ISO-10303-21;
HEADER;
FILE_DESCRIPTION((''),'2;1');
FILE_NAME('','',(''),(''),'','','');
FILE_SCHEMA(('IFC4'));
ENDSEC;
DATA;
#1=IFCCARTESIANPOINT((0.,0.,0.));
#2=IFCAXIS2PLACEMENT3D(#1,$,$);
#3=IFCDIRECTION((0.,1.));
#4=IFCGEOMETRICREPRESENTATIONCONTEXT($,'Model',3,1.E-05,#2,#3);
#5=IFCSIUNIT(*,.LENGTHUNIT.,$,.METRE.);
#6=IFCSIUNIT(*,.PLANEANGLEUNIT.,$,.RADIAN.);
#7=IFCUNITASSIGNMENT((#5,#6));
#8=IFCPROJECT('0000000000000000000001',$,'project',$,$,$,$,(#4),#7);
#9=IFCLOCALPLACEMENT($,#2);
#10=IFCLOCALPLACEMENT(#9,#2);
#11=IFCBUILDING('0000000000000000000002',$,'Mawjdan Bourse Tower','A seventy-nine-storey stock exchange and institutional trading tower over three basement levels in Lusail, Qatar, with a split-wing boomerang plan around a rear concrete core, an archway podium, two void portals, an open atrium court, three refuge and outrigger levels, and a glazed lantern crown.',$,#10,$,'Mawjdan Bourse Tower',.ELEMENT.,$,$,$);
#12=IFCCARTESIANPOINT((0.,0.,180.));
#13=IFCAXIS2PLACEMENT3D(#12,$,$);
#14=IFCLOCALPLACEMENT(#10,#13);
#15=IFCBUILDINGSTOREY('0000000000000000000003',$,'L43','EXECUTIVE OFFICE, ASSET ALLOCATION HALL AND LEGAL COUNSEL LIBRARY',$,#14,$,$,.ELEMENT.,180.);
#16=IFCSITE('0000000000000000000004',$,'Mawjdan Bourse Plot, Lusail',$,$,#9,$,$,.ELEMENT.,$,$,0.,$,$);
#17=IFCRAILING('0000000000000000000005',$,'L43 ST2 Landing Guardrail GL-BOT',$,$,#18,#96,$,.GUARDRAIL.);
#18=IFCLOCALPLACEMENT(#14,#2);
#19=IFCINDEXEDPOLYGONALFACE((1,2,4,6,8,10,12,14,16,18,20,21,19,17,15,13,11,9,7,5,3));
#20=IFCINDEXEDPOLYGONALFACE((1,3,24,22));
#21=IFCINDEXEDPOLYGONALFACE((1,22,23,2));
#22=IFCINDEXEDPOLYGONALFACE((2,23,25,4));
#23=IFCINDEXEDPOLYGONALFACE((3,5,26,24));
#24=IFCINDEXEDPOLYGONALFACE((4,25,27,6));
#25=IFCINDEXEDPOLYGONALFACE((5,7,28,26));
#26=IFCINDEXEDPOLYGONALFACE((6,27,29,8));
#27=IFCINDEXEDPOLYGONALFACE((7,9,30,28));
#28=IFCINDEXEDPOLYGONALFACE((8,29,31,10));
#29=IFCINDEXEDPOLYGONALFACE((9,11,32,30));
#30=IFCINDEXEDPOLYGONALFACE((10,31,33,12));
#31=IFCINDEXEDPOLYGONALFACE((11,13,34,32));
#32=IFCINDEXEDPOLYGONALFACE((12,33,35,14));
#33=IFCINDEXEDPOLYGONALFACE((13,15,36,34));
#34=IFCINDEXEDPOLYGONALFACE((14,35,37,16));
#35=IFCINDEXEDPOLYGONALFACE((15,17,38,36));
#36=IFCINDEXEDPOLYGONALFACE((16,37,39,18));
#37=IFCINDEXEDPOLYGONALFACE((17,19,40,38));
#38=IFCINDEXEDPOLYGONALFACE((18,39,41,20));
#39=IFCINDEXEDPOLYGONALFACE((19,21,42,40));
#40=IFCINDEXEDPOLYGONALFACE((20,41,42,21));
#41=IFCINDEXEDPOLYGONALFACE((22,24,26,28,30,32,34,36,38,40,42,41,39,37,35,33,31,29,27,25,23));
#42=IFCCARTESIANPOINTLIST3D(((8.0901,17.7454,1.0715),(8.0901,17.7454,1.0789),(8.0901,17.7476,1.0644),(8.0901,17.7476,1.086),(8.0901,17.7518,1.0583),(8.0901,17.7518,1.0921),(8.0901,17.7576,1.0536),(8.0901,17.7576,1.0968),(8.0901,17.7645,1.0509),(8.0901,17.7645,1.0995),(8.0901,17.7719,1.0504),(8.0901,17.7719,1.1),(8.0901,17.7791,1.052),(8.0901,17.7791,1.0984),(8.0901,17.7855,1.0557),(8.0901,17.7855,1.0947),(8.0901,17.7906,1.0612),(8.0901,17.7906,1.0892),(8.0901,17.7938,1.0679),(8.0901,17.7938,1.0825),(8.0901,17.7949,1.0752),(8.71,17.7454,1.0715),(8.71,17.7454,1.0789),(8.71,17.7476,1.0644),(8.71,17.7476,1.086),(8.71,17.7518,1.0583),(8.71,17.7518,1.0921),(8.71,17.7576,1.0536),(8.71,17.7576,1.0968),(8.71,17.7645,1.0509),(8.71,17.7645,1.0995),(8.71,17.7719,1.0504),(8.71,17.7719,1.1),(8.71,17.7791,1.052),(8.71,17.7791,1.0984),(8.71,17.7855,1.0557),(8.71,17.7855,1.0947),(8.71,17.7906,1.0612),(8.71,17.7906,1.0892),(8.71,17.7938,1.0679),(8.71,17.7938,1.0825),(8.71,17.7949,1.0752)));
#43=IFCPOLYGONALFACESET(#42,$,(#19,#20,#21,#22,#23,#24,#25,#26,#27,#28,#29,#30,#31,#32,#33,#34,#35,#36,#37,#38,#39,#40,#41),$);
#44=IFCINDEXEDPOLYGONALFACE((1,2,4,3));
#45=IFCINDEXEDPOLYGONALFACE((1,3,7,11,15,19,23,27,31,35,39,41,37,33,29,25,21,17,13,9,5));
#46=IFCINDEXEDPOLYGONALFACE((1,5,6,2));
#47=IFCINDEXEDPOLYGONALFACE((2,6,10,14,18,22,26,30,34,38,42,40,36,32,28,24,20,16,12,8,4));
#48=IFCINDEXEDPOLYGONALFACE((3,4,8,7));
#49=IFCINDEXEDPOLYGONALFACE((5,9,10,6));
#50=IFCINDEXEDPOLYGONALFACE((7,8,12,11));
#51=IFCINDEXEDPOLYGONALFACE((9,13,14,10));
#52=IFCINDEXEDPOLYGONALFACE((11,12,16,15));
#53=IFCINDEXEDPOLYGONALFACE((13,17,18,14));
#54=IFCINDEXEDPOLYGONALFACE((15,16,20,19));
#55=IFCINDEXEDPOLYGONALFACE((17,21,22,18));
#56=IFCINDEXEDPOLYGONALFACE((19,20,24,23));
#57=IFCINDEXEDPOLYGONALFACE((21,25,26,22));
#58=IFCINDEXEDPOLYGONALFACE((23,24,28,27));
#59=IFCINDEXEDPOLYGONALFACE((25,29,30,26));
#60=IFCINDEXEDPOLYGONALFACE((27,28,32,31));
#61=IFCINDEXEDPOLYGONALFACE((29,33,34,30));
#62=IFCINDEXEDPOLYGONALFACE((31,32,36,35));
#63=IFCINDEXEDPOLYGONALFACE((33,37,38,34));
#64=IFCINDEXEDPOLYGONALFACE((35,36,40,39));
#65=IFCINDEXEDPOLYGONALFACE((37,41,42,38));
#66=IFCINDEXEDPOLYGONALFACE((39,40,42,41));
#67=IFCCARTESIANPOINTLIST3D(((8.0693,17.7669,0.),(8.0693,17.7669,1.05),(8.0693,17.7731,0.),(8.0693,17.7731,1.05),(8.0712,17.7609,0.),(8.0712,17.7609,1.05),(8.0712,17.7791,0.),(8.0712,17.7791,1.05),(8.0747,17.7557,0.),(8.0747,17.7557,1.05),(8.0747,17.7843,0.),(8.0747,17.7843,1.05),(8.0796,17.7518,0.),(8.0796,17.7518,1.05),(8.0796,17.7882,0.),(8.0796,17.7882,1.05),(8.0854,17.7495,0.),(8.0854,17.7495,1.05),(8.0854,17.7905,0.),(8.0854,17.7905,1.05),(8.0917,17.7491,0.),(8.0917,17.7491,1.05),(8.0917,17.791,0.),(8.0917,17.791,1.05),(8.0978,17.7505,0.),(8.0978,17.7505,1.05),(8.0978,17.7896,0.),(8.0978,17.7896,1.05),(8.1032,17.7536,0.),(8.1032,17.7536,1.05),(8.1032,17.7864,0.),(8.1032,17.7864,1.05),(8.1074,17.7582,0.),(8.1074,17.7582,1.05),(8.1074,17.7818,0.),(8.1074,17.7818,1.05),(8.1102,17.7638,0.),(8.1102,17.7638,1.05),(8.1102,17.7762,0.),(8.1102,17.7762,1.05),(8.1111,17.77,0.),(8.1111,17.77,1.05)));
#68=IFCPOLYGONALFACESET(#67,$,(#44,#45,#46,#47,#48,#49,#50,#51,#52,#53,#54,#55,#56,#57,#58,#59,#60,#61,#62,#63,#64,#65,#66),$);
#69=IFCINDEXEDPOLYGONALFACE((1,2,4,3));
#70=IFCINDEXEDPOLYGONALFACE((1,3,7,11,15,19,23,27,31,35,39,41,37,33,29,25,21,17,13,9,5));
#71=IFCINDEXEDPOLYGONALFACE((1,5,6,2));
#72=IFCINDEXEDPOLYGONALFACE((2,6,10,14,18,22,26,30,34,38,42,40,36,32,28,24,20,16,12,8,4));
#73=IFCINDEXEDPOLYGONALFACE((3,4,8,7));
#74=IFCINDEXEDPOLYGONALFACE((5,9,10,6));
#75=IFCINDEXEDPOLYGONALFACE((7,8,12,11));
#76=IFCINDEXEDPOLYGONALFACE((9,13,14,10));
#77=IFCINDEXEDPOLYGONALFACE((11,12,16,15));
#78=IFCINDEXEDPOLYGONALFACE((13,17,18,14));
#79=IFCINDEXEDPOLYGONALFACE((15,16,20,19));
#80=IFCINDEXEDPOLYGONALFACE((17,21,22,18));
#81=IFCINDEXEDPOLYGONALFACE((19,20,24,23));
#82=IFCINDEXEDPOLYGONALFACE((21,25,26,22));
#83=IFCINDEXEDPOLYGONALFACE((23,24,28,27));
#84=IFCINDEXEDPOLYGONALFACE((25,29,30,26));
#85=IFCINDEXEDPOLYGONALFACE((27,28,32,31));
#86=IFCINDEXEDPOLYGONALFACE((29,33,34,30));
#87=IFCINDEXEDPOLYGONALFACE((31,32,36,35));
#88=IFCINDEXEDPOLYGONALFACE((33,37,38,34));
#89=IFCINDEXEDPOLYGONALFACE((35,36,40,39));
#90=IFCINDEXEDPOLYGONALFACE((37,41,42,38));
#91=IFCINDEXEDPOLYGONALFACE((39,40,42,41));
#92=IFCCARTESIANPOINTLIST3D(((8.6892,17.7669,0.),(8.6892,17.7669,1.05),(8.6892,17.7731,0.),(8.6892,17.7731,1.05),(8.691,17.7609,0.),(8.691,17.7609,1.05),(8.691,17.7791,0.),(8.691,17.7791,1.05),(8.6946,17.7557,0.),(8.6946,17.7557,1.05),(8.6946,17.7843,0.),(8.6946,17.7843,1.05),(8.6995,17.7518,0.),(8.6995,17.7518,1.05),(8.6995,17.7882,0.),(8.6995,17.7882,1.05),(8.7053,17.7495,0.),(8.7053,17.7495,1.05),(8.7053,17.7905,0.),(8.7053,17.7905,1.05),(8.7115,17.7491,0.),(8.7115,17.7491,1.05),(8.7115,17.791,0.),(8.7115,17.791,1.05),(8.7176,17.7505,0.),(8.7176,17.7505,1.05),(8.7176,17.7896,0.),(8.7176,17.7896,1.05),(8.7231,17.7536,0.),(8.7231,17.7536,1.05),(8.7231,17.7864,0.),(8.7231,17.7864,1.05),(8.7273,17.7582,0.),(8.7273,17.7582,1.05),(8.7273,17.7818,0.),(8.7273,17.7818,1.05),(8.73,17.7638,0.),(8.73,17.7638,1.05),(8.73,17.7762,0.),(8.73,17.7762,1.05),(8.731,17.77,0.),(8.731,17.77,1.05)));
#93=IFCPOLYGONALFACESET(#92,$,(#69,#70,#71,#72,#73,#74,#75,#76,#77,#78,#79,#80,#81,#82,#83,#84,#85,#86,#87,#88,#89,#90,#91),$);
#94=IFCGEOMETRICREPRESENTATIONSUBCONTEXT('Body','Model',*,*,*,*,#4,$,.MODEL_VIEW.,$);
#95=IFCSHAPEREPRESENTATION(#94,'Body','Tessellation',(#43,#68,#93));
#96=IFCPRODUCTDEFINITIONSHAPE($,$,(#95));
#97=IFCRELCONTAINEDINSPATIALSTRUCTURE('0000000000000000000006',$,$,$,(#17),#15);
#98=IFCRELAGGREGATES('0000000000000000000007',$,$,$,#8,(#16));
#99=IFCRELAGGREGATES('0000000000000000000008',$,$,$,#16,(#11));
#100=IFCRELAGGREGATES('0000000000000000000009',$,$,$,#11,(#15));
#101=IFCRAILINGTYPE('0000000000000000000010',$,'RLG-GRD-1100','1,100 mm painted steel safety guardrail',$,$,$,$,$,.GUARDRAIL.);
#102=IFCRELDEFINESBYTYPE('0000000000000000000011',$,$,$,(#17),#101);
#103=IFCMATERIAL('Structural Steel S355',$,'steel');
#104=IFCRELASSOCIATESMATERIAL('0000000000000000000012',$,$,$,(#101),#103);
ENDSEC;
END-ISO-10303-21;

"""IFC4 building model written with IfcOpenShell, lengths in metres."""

from ifc_helpers import new_model, si_unit, direction, frame, origin, origin_2d, place, context, subcontext, project, spatial, circle, extrude, material, type_object, element, save


model = new_model("IFC4")

# Units and contexts
model_context = context("Model", 3, precision=1e-05, world=origin(), true_north=direction((0.0, 1.0)))
body_context = subcontext(model_context, "Body", "Model", "MODEL_VIEW")
ifc_project = project(units=[si_unit("LENGTHUNIT", "METRE"), si_unit("PLANEANGLEUNIT", "RADIAN")], contexts=[model_context])

# Site, building, storey
site_placement = place(None, origin())
site = spatial("IfcSite", under=ifc_project, at=site_placement, Name="Mawjdan Bourse Plot, Lusail", CompositionType="ELEMENT", RefElevation=0.0)
building_placement = place(site_placement, origin())
building = spatial("IfcBuilding", under=site, at=building_placement, Name="Mawjdan Bourse Tower", Description="A seventy-nine-storey stock exchange and institutional trading tower over three basement levels in Lusail, Qatar, with a split-wing boomerang plan around a rear concrete core, an archway podium, two void portals, an open atrium court, three refuge and outrigger levels, and a glazed lantern crown.", LongName="Mawjdan Bourse Tower", CompositionType="ELEMENT")
storey_placement = place(building_placement, frame((0.0, 0.0, 180.0)))
storey = spatial("IfcBuildingStorey", under=building, at=storey_placement, Name="L43", Description="EXECUTIVE OFFICE, ASSET ALLOCATION HALL AND LEGAL COUNSEL LIBRARY", CompositionType="ELEMENT", Elevation=180.0)

# Shared definitions
ifc_material_1 = material(Name="Structural Steel S355", Category="steel")

# Railing
railing_type_1 = type_object("IfcRailingType", Name="RLG-GRD-1100", Description="1,100 mm painted steel safety guardrail", PredefinedType="GUARDRAIL", material=ifc_material_1)
for number, where, name in (
    (1, (8.0901, 17.77, 0.0), "L43 ST2 Landing Guardrail GL-BOT"),
):
    element("IfcRailing", number, at=place(storey_placement, frame(where)), inside=storey, type_object=railing_type_1, Name=name, PredefinedType="GUARDRAIL", context=body_context, shape_type="SweptSolid", body=[
        extrude(circle(Radius=0.0249, at=origin_2d()), frame((0.0, 0.0, 1.0752), z_axis=(1.0, 0.0, 0.0), x_axis=(0.0, 1.0, 0.0)), (0.0, 0.0, 1.0), 0.6199),
        extrude(circle(Radius=0.021, at=origin_2d()), origin(), (0.0, 0.0, 1.0), 1.05),
        extrude(circle(Radius=0.021, at=origin_2d()), frame((0.6199, 0.0, 0.0)), (0.0, 0.0, 1.0), 1.05),
    ])

save(model, "model.ifc")
